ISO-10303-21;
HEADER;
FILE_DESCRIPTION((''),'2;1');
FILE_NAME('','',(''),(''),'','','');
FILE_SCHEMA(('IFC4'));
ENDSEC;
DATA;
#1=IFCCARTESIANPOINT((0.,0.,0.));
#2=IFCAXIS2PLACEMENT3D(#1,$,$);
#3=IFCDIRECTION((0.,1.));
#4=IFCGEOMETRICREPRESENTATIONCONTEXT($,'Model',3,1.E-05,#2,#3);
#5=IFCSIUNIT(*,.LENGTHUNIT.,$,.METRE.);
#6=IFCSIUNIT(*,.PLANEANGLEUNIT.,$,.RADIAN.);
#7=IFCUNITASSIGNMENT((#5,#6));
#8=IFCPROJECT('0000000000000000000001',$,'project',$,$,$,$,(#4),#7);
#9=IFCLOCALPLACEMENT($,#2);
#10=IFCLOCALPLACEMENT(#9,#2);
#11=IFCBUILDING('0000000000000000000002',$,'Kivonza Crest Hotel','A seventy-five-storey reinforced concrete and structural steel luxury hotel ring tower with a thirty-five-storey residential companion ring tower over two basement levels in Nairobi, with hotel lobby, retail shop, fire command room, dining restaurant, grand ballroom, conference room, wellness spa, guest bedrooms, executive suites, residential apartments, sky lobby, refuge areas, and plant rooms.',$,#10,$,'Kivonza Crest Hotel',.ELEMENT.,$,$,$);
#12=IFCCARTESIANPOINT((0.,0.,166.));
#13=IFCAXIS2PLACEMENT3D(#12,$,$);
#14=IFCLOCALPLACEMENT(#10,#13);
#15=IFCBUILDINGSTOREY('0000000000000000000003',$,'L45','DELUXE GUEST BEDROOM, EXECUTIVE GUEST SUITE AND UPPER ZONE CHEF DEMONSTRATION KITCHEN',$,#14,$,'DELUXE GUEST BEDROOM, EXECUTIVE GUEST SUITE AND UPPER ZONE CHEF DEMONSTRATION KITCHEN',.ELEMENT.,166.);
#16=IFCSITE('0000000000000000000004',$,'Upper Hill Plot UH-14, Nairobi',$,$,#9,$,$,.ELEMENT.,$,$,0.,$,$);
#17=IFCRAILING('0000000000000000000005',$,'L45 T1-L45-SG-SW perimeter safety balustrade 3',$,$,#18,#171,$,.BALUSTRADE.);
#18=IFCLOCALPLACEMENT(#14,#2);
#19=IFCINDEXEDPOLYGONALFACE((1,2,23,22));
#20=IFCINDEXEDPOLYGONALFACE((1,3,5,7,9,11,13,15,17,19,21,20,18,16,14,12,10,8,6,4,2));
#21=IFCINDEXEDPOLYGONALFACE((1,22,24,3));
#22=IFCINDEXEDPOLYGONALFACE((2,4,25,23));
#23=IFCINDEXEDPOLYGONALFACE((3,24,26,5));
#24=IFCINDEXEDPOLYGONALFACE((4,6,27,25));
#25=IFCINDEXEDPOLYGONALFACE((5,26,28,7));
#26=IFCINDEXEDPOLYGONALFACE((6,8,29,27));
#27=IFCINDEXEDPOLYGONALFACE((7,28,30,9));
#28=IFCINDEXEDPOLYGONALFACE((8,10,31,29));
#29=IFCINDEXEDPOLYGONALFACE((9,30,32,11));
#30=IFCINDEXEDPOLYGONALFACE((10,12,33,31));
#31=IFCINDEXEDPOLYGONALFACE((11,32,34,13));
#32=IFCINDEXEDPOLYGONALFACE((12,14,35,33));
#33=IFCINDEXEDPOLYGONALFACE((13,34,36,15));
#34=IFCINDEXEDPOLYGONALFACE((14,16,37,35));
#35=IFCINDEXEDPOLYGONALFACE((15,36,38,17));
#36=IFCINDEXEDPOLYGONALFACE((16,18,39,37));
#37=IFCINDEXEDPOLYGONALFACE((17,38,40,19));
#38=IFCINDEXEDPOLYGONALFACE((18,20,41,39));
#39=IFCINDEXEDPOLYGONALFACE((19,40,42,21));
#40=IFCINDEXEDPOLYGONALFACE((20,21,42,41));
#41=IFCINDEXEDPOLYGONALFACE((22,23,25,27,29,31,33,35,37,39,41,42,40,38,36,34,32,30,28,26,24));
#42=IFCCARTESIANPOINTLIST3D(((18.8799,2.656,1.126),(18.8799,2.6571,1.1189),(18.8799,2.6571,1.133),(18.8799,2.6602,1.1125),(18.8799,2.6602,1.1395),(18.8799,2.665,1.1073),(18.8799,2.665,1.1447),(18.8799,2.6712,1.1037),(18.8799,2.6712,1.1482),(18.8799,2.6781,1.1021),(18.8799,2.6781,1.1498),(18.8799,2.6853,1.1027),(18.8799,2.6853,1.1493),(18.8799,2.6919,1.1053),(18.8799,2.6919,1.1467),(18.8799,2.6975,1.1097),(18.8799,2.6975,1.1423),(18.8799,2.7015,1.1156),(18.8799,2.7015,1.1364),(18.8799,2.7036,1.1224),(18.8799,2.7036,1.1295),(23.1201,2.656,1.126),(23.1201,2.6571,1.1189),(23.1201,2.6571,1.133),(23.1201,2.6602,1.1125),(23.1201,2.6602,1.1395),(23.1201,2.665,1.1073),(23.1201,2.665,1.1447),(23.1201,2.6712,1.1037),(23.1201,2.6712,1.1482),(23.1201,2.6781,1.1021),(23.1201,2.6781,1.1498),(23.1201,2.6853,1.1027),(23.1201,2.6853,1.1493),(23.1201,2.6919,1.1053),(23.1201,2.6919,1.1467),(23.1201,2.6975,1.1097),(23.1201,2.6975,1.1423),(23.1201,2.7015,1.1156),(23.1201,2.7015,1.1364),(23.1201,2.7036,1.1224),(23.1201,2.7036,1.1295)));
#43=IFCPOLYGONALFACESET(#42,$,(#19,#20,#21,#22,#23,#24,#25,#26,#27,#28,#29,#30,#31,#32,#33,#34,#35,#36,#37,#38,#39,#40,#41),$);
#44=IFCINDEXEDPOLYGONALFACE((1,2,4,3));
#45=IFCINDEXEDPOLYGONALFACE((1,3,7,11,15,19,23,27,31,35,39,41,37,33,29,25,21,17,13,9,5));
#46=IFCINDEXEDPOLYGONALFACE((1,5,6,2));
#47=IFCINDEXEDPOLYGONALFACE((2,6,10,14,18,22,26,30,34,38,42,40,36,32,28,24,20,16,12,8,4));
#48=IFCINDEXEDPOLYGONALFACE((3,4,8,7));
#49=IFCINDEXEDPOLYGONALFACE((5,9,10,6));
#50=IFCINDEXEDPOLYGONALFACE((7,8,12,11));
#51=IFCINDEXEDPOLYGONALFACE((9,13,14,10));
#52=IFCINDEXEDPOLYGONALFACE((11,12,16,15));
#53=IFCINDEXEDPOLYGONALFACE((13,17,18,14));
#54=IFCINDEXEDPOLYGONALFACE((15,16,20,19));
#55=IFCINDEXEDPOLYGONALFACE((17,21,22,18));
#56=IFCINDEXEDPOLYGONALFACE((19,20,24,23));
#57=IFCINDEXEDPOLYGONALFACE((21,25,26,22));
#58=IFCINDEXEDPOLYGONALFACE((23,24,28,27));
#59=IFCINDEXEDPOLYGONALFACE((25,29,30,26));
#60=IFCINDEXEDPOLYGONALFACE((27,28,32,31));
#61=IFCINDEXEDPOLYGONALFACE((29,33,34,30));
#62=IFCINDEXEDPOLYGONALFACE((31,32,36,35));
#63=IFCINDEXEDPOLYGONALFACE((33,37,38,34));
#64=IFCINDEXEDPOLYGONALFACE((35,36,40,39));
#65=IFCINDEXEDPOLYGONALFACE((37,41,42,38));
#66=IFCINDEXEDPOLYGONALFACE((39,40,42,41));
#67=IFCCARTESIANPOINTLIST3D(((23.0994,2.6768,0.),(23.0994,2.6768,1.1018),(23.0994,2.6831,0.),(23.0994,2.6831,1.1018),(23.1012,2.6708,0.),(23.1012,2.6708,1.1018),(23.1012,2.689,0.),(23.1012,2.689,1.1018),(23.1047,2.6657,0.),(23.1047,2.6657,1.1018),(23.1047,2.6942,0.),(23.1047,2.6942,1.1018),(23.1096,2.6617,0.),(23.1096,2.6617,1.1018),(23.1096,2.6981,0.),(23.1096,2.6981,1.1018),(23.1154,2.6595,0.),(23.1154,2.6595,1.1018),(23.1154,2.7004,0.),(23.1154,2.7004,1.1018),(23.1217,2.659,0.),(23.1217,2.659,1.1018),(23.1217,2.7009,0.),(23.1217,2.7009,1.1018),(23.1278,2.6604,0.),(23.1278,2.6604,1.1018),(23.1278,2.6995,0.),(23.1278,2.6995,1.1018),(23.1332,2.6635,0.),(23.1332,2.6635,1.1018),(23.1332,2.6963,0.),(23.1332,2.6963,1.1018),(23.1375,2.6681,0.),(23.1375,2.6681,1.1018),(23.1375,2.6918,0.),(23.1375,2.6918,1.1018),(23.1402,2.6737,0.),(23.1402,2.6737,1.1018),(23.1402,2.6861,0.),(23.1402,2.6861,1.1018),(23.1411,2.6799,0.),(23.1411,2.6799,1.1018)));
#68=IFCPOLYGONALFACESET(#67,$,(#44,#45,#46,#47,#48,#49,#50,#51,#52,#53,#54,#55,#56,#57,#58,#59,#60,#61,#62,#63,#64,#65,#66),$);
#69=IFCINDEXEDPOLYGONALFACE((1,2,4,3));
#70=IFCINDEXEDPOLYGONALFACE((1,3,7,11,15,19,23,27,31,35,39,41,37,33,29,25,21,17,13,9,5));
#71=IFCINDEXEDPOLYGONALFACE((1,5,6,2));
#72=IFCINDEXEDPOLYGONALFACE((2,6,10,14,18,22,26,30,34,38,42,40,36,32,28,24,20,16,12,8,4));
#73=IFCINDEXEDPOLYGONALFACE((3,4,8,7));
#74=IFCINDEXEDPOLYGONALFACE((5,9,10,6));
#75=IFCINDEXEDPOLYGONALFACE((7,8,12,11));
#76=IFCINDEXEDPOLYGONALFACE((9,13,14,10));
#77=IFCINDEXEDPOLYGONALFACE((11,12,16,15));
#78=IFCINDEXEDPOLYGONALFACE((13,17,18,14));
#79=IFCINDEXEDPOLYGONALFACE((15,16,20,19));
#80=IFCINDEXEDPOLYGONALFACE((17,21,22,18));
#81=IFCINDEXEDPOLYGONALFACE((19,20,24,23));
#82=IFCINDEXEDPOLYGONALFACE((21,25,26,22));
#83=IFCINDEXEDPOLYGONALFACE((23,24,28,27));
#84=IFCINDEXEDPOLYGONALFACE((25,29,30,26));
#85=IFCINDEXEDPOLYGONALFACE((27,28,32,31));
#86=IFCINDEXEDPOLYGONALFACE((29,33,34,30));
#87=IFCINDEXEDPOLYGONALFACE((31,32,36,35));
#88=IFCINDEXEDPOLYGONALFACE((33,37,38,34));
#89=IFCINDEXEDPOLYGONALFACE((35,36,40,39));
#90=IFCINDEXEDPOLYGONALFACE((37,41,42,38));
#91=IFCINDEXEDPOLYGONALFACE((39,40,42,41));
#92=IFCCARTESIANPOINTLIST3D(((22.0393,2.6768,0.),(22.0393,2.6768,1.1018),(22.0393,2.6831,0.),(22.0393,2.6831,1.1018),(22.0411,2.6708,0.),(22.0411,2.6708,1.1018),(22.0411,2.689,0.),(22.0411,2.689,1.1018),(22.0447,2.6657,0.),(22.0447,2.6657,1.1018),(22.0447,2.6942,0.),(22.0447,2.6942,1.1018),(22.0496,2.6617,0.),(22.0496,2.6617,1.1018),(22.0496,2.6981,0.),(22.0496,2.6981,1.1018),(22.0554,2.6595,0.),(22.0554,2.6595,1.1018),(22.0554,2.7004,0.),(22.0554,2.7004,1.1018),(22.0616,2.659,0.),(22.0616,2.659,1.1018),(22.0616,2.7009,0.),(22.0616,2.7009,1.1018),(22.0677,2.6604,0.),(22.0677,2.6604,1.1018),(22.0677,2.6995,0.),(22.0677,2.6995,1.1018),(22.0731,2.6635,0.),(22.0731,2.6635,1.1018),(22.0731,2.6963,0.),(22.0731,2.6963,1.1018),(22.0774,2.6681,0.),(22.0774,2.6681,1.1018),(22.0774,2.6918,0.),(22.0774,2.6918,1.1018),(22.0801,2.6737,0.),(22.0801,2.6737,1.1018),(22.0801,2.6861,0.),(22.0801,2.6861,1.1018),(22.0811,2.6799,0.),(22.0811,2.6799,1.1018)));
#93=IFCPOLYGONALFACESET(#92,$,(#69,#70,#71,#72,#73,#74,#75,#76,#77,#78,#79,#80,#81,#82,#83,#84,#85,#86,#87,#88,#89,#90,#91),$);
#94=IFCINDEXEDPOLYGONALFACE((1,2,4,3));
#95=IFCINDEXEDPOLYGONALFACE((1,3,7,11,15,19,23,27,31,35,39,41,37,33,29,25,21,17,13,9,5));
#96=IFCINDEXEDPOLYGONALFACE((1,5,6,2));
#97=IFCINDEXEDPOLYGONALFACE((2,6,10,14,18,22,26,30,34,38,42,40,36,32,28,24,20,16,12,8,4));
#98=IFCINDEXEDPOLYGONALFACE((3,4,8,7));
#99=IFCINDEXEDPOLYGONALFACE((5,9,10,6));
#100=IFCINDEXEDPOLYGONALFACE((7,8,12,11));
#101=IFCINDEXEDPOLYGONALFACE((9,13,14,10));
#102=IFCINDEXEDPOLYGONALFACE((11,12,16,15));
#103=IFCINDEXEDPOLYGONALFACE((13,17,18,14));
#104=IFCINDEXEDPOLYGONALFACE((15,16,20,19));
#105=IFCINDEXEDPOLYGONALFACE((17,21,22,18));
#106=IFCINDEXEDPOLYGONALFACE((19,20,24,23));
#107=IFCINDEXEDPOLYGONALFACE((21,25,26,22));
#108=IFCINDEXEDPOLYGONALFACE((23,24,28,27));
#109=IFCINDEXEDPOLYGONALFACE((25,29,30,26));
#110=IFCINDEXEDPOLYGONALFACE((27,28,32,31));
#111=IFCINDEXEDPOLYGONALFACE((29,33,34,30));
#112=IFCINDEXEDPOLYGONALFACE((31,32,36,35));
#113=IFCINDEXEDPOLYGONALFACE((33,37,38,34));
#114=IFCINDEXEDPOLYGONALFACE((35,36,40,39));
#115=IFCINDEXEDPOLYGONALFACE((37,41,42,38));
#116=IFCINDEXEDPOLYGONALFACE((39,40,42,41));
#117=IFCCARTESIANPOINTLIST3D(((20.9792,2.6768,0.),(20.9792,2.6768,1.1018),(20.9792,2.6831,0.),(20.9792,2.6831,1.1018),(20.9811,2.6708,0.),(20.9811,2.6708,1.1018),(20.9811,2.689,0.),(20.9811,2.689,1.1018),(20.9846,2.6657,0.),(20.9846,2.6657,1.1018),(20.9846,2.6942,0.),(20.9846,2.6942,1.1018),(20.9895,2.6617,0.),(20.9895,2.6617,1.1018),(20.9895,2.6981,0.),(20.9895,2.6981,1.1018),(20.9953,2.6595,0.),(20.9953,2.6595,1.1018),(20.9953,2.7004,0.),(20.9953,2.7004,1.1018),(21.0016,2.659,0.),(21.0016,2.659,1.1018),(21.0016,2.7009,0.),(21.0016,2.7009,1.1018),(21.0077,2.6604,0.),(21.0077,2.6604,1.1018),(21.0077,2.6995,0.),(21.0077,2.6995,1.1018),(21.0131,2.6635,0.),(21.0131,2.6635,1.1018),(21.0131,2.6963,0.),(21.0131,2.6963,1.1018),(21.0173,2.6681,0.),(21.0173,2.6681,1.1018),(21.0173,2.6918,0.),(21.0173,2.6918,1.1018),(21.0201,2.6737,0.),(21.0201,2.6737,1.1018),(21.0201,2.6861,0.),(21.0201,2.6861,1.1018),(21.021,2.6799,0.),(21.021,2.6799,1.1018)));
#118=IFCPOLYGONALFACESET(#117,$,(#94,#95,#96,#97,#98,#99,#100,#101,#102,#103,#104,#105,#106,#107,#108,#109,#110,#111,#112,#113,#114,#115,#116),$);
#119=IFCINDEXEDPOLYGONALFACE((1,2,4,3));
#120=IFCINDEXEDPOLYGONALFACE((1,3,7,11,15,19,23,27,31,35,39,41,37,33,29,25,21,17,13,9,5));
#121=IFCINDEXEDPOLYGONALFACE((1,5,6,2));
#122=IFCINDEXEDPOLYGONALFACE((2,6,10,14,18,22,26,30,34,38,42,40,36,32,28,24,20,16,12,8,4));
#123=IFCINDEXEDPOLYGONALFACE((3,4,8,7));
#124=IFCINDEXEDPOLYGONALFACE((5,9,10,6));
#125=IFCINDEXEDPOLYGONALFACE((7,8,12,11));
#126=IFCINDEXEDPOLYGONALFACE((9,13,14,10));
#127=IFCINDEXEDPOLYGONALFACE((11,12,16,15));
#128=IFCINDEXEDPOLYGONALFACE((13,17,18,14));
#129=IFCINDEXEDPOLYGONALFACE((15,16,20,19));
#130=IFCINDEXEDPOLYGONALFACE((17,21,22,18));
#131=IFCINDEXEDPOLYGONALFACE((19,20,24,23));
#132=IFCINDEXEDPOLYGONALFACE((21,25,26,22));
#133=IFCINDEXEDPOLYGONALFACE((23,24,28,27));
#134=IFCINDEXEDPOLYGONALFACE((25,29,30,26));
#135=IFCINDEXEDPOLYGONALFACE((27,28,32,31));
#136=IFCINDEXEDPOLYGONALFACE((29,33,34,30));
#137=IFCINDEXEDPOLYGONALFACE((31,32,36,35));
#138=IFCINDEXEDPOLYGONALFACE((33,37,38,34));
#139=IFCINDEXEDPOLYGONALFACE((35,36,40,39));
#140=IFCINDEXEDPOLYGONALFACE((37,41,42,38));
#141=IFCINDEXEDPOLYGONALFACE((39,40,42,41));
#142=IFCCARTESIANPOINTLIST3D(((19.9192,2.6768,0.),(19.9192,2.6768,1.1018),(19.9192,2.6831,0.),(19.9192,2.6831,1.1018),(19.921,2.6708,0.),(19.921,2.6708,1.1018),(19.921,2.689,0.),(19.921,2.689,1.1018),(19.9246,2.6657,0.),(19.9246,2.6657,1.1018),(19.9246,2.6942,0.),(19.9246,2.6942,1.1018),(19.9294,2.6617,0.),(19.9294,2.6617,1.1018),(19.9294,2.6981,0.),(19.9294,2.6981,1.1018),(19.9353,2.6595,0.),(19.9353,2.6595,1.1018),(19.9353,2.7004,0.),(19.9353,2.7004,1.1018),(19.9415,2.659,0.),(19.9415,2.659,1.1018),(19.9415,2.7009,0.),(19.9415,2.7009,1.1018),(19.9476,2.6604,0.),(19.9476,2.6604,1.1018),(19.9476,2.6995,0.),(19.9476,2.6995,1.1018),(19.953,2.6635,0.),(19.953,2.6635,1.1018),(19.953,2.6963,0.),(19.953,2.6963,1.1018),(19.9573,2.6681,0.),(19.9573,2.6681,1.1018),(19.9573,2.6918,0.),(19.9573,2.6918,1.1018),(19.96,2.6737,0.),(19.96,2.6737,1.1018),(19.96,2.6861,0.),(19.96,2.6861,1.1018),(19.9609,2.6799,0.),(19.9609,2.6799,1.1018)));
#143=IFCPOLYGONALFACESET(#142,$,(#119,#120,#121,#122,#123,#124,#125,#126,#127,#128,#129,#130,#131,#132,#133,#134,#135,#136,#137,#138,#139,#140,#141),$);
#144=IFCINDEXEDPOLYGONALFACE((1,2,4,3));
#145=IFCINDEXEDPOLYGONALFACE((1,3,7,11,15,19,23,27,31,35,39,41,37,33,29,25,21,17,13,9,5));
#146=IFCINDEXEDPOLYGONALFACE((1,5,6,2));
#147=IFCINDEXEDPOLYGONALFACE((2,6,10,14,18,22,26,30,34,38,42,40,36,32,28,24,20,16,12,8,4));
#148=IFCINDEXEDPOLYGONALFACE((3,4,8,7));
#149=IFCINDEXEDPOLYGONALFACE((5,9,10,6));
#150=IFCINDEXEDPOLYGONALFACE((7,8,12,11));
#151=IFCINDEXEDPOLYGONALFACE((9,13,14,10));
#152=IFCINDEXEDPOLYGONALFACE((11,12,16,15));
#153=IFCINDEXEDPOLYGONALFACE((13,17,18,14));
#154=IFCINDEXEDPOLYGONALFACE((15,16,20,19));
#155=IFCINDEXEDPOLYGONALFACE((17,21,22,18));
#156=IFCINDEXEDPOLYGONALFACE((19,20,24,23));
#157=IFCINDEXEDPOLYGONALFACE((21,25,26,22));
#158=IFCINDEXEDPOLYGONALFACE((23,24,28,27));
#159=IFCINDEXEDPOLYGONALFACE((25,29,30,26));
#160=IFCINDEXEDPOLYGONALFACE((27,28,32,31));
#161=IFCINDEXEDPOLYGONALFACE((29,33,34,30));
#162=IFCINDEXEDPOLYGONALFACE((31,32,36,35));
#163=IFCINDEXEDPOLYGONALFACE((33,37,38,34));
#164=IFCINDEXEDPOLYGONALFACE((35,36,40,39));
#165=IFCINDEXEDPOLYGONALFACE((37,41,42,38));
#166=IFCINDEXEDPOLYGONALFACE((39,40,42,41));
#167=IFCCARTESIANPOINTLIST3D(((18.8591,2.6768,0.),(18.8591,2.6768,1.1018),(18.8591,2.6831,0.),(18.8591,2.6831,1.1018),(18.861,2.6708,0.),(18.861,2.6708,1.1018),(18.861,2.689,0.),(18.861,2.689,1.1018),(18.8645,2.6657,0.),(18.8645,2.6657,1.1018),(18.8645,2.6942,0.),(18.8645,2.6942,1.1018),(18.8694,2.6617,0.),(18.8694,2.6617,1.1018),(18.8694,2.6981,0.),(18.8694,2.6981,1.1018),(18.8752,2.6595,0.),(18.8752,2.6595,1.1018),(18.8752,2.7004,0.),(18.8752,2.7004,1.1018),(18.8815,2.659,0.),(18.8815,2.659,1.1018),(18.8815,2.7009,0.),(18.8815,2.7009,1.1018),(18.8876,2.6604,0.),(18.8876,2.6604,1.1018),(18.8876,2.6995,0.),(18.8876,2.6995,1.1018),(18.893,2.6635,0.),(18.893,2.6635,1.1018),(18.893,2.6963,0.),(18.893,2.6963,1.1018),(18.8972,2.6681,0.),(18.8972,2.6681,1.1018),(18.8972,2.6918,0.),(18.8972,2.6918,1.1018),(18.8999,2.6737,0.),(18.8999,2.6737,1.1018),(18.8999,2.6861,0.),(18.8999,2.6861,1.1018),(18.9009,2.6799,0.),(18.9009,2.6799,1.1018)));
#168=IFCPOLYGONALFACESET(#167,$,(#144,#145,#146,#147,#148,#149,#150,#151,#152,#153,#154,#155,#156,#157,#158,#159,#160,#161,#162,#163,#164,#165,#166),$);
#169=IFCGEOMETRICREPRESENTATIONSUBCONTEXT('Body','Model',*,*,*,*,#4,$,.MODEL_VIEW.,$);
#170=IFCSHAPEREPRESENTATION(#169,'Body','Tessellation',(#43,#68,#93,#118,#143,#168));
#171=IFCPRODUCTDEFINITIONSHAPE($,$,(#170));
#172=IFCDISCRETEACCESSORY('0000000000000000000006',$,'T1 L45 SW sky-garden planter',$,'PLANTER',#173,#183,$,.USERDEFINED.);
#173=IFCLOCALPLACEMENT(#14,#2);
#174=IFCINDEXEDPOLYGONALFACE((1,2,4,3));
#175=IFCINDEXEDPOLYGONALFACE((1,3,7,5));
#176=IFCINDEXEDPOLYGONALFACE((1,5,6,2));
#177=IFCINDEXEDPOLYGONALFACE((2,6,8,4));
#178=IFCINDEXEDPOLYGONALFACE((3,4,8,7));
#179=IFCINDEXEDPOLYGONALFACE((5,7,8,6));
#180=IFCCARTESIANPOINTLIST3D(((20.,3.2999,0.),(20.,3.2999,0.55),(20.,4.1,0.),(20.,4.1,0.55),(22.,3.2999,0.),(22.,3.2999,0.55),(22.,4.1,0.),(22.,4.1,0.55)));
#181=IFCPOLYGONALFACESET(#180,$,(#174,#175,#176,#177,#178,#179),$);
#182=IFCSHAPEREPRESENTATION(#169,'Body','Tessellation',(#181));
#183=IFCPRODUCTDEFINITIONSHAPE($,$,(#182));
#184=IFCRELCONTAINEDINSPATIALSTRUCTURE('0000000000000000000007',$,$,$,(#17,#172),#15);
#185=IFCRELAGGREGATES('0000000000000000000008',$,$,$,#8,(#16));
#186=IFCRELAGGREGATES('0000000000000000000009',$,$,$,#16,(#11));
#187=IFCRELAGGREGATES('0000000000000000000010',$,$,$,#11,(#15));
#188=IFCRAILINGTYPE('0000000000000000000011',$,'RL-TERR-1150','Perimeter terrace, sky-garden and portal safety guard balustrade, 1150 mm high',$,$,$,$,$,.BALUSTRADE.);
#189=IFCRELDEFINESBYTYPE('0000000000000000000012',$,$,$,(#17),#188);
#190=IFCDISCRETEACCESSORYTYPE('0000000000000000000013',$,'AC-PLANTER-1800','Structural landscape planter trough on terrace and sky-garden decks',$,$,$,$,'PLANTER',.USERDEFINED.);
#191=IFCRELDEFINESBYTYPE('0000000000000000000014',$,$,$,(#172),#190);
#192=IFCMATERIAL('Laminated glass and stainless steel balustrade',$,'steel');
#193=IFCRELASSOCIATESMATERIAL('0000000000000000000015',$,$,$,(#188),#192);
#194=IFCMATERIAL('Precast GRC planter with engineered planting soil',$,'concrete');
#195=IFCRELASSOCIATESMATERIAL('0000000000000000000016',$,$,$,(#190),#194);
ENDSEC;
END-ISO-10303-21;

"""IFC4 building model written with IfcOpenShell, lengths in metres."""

from ifc_helpers import new_model, si_unit, direction, frame, origin, origin_2d, place, context, subcontext, project, spatial, rectangle, circle, extrude, material, type_object, element, save


model = new_model("IFC4")

# Units and contexts
model_context = context("Model", 3, precision=1e-05, world=origin(), true_north=direction((0.0, 1.0)))
body_context = subcontext(model_context, "Body", "Model", "MODEL_VIEW")
ifc_project = project(units=[si_unit("LENGTHUNIT", "METRE"), si_unit("PLANEANGLEUNIT", "RADIAN")], contexts=[model_context])

# Site, building, storey
site_placement = place(None, origin())
site = spatial("IfcSite", under=ifc_project, at=site_placement, Name="Upper Hill Plot UH-14, Nairobi", CompositionType="ELEMENT", RefElevation=0.0)
building_placement = place(site_placement, origin())
building = spatial("IfcBuilding", under=site, at=building_placement, Name="Kivonza Crest Hotel", Description="A seventy-five-storey reinforced concrete and structural steel luxury hotel ring tower with a thirty-five-storey residential companion ring tower over two basement levels in Nairobi, with hotel lobby, retail shop, fire command room, dining restaurant, grand ballroom, conference room, wellness spa, guest bedrooms, executive suites, residential apartments, sky lobby, refuge areas, and plant rooms.", LongName="Kivonza Crest Hotel", CompositionType="ELEMENT")
storey_placement = place(building_placement, frame((0.0, 0.0, 166.0)))
storey = spatial("IfcBuildingStorey", under=building, at=storey_placement, Name="L45", Description="DELUXE GUEST BEDROOM, EXECUTIVE GUEST SUITE AND UPPER ZONE CHEF DEMONSTRATION KITCHEN", LongName="DELUXE GUEST BEDROOM, EXECUTIVE GUEST SUITE AND UPPER ZONE CHEF DEMONSTRATION KITCHEN", CompositionType="ELEMENT", Elevation=166.0)

# Railing
ifc_material_1 = material(Name="Laminated glass and stainless steel balustrade", Category="steel")
railing_type = type_object("IfcRailingType", Name="RL-TERR-1150", Description="Perimeter terrace, sky-garden and portal safety guard balustrade, 1150 mm high", PredefinedType="BALUSTRADE", material=ifc_material_1)
railing_1_placement = place(storey_placement, frame((23.1201, 2.6799, 0.0)))
element("IfcRailing", 1, at=railing_1_placement, inside=storey, type_object=railing_type, Name="L45 T1-L45-SG-SW perimeter safety balustrade 3", PredefinedType="BALUSTRADE", context=body_context, shape_type="SweptSolid", body=[
    extrude(circle(Radius=0.0239, at=origin_2d()), frame((0.0, 0.0, 1.126), z_axis=(-1.0, 0.0, 0.0), x_axis=(0.0, -1.0, 0.0)), (0.0, 0.0, 1.0), 4.2402),
    extrude(circle(Radius=0.021, at=origin_2d()), origin(), (0.0, 0.0, 1.0), 1.1018),
    extrude(circle(Radius=0.021, at=origin_2d()), frame((-1.0601, 0.0, 0.0)), (0.0, 0.0, 1.0), 1.1018),
    extrude(circle(Radius=0.021, at=origin_2d()), frame((-2.1201, 0.0, 0.0)), (0.0, 0.0, 1.0), 1.1018),
    extrude(circle(Radius=0.021, at=origin_2d()), frame((-3.1802, 0.0, 0.0)), (0.0, 0.0, 1.0), 1.1018),
    extrude(circle(Radius=0.021, at=origin_2d()), frame((-4.2402, 0.0, 0.0)), (0.0, 0.0, 1.0), 1.1018),
])

# Discrete accessory
ifc_material_2 = material(Name="Precast GRC planter with engineered planting soil", Category="concrete")
discrete_accessory_type = type_object("IfcDiscreteAccessoryType", Name="AC-PLANTER-1800", Description="Structural landscape planter trough on terrace and sky-garden decks", ElementType="PLANTER", PredefinedType="USERDEFINED", material=ifc_material_2)
discrete_accessory_placement = place(storey_placement, frame((21.0, 3.7, 0.0), z_axis=(0.0, 0.0, 1.0), x_axis=(1.0, 0.0, 0.0)))
element("IfcDiscreteAccessory", 2, at=discrete_accessory_placement, inside=storey, type_object=discrete_accessory_type, Name="T1 L45 SW sky-garden planter", ObjectType="PLANTER", PredefinedType="USERDEFINED", context=body_context, shape_type="SweptSolid", body=[
    extrude(rectangle(XDim=2.0, YDim=0.8, at=origin_2d()), origin(), (0.0, 0.0, 1.0), 0.55),
])

save(model, "model.ifc")
